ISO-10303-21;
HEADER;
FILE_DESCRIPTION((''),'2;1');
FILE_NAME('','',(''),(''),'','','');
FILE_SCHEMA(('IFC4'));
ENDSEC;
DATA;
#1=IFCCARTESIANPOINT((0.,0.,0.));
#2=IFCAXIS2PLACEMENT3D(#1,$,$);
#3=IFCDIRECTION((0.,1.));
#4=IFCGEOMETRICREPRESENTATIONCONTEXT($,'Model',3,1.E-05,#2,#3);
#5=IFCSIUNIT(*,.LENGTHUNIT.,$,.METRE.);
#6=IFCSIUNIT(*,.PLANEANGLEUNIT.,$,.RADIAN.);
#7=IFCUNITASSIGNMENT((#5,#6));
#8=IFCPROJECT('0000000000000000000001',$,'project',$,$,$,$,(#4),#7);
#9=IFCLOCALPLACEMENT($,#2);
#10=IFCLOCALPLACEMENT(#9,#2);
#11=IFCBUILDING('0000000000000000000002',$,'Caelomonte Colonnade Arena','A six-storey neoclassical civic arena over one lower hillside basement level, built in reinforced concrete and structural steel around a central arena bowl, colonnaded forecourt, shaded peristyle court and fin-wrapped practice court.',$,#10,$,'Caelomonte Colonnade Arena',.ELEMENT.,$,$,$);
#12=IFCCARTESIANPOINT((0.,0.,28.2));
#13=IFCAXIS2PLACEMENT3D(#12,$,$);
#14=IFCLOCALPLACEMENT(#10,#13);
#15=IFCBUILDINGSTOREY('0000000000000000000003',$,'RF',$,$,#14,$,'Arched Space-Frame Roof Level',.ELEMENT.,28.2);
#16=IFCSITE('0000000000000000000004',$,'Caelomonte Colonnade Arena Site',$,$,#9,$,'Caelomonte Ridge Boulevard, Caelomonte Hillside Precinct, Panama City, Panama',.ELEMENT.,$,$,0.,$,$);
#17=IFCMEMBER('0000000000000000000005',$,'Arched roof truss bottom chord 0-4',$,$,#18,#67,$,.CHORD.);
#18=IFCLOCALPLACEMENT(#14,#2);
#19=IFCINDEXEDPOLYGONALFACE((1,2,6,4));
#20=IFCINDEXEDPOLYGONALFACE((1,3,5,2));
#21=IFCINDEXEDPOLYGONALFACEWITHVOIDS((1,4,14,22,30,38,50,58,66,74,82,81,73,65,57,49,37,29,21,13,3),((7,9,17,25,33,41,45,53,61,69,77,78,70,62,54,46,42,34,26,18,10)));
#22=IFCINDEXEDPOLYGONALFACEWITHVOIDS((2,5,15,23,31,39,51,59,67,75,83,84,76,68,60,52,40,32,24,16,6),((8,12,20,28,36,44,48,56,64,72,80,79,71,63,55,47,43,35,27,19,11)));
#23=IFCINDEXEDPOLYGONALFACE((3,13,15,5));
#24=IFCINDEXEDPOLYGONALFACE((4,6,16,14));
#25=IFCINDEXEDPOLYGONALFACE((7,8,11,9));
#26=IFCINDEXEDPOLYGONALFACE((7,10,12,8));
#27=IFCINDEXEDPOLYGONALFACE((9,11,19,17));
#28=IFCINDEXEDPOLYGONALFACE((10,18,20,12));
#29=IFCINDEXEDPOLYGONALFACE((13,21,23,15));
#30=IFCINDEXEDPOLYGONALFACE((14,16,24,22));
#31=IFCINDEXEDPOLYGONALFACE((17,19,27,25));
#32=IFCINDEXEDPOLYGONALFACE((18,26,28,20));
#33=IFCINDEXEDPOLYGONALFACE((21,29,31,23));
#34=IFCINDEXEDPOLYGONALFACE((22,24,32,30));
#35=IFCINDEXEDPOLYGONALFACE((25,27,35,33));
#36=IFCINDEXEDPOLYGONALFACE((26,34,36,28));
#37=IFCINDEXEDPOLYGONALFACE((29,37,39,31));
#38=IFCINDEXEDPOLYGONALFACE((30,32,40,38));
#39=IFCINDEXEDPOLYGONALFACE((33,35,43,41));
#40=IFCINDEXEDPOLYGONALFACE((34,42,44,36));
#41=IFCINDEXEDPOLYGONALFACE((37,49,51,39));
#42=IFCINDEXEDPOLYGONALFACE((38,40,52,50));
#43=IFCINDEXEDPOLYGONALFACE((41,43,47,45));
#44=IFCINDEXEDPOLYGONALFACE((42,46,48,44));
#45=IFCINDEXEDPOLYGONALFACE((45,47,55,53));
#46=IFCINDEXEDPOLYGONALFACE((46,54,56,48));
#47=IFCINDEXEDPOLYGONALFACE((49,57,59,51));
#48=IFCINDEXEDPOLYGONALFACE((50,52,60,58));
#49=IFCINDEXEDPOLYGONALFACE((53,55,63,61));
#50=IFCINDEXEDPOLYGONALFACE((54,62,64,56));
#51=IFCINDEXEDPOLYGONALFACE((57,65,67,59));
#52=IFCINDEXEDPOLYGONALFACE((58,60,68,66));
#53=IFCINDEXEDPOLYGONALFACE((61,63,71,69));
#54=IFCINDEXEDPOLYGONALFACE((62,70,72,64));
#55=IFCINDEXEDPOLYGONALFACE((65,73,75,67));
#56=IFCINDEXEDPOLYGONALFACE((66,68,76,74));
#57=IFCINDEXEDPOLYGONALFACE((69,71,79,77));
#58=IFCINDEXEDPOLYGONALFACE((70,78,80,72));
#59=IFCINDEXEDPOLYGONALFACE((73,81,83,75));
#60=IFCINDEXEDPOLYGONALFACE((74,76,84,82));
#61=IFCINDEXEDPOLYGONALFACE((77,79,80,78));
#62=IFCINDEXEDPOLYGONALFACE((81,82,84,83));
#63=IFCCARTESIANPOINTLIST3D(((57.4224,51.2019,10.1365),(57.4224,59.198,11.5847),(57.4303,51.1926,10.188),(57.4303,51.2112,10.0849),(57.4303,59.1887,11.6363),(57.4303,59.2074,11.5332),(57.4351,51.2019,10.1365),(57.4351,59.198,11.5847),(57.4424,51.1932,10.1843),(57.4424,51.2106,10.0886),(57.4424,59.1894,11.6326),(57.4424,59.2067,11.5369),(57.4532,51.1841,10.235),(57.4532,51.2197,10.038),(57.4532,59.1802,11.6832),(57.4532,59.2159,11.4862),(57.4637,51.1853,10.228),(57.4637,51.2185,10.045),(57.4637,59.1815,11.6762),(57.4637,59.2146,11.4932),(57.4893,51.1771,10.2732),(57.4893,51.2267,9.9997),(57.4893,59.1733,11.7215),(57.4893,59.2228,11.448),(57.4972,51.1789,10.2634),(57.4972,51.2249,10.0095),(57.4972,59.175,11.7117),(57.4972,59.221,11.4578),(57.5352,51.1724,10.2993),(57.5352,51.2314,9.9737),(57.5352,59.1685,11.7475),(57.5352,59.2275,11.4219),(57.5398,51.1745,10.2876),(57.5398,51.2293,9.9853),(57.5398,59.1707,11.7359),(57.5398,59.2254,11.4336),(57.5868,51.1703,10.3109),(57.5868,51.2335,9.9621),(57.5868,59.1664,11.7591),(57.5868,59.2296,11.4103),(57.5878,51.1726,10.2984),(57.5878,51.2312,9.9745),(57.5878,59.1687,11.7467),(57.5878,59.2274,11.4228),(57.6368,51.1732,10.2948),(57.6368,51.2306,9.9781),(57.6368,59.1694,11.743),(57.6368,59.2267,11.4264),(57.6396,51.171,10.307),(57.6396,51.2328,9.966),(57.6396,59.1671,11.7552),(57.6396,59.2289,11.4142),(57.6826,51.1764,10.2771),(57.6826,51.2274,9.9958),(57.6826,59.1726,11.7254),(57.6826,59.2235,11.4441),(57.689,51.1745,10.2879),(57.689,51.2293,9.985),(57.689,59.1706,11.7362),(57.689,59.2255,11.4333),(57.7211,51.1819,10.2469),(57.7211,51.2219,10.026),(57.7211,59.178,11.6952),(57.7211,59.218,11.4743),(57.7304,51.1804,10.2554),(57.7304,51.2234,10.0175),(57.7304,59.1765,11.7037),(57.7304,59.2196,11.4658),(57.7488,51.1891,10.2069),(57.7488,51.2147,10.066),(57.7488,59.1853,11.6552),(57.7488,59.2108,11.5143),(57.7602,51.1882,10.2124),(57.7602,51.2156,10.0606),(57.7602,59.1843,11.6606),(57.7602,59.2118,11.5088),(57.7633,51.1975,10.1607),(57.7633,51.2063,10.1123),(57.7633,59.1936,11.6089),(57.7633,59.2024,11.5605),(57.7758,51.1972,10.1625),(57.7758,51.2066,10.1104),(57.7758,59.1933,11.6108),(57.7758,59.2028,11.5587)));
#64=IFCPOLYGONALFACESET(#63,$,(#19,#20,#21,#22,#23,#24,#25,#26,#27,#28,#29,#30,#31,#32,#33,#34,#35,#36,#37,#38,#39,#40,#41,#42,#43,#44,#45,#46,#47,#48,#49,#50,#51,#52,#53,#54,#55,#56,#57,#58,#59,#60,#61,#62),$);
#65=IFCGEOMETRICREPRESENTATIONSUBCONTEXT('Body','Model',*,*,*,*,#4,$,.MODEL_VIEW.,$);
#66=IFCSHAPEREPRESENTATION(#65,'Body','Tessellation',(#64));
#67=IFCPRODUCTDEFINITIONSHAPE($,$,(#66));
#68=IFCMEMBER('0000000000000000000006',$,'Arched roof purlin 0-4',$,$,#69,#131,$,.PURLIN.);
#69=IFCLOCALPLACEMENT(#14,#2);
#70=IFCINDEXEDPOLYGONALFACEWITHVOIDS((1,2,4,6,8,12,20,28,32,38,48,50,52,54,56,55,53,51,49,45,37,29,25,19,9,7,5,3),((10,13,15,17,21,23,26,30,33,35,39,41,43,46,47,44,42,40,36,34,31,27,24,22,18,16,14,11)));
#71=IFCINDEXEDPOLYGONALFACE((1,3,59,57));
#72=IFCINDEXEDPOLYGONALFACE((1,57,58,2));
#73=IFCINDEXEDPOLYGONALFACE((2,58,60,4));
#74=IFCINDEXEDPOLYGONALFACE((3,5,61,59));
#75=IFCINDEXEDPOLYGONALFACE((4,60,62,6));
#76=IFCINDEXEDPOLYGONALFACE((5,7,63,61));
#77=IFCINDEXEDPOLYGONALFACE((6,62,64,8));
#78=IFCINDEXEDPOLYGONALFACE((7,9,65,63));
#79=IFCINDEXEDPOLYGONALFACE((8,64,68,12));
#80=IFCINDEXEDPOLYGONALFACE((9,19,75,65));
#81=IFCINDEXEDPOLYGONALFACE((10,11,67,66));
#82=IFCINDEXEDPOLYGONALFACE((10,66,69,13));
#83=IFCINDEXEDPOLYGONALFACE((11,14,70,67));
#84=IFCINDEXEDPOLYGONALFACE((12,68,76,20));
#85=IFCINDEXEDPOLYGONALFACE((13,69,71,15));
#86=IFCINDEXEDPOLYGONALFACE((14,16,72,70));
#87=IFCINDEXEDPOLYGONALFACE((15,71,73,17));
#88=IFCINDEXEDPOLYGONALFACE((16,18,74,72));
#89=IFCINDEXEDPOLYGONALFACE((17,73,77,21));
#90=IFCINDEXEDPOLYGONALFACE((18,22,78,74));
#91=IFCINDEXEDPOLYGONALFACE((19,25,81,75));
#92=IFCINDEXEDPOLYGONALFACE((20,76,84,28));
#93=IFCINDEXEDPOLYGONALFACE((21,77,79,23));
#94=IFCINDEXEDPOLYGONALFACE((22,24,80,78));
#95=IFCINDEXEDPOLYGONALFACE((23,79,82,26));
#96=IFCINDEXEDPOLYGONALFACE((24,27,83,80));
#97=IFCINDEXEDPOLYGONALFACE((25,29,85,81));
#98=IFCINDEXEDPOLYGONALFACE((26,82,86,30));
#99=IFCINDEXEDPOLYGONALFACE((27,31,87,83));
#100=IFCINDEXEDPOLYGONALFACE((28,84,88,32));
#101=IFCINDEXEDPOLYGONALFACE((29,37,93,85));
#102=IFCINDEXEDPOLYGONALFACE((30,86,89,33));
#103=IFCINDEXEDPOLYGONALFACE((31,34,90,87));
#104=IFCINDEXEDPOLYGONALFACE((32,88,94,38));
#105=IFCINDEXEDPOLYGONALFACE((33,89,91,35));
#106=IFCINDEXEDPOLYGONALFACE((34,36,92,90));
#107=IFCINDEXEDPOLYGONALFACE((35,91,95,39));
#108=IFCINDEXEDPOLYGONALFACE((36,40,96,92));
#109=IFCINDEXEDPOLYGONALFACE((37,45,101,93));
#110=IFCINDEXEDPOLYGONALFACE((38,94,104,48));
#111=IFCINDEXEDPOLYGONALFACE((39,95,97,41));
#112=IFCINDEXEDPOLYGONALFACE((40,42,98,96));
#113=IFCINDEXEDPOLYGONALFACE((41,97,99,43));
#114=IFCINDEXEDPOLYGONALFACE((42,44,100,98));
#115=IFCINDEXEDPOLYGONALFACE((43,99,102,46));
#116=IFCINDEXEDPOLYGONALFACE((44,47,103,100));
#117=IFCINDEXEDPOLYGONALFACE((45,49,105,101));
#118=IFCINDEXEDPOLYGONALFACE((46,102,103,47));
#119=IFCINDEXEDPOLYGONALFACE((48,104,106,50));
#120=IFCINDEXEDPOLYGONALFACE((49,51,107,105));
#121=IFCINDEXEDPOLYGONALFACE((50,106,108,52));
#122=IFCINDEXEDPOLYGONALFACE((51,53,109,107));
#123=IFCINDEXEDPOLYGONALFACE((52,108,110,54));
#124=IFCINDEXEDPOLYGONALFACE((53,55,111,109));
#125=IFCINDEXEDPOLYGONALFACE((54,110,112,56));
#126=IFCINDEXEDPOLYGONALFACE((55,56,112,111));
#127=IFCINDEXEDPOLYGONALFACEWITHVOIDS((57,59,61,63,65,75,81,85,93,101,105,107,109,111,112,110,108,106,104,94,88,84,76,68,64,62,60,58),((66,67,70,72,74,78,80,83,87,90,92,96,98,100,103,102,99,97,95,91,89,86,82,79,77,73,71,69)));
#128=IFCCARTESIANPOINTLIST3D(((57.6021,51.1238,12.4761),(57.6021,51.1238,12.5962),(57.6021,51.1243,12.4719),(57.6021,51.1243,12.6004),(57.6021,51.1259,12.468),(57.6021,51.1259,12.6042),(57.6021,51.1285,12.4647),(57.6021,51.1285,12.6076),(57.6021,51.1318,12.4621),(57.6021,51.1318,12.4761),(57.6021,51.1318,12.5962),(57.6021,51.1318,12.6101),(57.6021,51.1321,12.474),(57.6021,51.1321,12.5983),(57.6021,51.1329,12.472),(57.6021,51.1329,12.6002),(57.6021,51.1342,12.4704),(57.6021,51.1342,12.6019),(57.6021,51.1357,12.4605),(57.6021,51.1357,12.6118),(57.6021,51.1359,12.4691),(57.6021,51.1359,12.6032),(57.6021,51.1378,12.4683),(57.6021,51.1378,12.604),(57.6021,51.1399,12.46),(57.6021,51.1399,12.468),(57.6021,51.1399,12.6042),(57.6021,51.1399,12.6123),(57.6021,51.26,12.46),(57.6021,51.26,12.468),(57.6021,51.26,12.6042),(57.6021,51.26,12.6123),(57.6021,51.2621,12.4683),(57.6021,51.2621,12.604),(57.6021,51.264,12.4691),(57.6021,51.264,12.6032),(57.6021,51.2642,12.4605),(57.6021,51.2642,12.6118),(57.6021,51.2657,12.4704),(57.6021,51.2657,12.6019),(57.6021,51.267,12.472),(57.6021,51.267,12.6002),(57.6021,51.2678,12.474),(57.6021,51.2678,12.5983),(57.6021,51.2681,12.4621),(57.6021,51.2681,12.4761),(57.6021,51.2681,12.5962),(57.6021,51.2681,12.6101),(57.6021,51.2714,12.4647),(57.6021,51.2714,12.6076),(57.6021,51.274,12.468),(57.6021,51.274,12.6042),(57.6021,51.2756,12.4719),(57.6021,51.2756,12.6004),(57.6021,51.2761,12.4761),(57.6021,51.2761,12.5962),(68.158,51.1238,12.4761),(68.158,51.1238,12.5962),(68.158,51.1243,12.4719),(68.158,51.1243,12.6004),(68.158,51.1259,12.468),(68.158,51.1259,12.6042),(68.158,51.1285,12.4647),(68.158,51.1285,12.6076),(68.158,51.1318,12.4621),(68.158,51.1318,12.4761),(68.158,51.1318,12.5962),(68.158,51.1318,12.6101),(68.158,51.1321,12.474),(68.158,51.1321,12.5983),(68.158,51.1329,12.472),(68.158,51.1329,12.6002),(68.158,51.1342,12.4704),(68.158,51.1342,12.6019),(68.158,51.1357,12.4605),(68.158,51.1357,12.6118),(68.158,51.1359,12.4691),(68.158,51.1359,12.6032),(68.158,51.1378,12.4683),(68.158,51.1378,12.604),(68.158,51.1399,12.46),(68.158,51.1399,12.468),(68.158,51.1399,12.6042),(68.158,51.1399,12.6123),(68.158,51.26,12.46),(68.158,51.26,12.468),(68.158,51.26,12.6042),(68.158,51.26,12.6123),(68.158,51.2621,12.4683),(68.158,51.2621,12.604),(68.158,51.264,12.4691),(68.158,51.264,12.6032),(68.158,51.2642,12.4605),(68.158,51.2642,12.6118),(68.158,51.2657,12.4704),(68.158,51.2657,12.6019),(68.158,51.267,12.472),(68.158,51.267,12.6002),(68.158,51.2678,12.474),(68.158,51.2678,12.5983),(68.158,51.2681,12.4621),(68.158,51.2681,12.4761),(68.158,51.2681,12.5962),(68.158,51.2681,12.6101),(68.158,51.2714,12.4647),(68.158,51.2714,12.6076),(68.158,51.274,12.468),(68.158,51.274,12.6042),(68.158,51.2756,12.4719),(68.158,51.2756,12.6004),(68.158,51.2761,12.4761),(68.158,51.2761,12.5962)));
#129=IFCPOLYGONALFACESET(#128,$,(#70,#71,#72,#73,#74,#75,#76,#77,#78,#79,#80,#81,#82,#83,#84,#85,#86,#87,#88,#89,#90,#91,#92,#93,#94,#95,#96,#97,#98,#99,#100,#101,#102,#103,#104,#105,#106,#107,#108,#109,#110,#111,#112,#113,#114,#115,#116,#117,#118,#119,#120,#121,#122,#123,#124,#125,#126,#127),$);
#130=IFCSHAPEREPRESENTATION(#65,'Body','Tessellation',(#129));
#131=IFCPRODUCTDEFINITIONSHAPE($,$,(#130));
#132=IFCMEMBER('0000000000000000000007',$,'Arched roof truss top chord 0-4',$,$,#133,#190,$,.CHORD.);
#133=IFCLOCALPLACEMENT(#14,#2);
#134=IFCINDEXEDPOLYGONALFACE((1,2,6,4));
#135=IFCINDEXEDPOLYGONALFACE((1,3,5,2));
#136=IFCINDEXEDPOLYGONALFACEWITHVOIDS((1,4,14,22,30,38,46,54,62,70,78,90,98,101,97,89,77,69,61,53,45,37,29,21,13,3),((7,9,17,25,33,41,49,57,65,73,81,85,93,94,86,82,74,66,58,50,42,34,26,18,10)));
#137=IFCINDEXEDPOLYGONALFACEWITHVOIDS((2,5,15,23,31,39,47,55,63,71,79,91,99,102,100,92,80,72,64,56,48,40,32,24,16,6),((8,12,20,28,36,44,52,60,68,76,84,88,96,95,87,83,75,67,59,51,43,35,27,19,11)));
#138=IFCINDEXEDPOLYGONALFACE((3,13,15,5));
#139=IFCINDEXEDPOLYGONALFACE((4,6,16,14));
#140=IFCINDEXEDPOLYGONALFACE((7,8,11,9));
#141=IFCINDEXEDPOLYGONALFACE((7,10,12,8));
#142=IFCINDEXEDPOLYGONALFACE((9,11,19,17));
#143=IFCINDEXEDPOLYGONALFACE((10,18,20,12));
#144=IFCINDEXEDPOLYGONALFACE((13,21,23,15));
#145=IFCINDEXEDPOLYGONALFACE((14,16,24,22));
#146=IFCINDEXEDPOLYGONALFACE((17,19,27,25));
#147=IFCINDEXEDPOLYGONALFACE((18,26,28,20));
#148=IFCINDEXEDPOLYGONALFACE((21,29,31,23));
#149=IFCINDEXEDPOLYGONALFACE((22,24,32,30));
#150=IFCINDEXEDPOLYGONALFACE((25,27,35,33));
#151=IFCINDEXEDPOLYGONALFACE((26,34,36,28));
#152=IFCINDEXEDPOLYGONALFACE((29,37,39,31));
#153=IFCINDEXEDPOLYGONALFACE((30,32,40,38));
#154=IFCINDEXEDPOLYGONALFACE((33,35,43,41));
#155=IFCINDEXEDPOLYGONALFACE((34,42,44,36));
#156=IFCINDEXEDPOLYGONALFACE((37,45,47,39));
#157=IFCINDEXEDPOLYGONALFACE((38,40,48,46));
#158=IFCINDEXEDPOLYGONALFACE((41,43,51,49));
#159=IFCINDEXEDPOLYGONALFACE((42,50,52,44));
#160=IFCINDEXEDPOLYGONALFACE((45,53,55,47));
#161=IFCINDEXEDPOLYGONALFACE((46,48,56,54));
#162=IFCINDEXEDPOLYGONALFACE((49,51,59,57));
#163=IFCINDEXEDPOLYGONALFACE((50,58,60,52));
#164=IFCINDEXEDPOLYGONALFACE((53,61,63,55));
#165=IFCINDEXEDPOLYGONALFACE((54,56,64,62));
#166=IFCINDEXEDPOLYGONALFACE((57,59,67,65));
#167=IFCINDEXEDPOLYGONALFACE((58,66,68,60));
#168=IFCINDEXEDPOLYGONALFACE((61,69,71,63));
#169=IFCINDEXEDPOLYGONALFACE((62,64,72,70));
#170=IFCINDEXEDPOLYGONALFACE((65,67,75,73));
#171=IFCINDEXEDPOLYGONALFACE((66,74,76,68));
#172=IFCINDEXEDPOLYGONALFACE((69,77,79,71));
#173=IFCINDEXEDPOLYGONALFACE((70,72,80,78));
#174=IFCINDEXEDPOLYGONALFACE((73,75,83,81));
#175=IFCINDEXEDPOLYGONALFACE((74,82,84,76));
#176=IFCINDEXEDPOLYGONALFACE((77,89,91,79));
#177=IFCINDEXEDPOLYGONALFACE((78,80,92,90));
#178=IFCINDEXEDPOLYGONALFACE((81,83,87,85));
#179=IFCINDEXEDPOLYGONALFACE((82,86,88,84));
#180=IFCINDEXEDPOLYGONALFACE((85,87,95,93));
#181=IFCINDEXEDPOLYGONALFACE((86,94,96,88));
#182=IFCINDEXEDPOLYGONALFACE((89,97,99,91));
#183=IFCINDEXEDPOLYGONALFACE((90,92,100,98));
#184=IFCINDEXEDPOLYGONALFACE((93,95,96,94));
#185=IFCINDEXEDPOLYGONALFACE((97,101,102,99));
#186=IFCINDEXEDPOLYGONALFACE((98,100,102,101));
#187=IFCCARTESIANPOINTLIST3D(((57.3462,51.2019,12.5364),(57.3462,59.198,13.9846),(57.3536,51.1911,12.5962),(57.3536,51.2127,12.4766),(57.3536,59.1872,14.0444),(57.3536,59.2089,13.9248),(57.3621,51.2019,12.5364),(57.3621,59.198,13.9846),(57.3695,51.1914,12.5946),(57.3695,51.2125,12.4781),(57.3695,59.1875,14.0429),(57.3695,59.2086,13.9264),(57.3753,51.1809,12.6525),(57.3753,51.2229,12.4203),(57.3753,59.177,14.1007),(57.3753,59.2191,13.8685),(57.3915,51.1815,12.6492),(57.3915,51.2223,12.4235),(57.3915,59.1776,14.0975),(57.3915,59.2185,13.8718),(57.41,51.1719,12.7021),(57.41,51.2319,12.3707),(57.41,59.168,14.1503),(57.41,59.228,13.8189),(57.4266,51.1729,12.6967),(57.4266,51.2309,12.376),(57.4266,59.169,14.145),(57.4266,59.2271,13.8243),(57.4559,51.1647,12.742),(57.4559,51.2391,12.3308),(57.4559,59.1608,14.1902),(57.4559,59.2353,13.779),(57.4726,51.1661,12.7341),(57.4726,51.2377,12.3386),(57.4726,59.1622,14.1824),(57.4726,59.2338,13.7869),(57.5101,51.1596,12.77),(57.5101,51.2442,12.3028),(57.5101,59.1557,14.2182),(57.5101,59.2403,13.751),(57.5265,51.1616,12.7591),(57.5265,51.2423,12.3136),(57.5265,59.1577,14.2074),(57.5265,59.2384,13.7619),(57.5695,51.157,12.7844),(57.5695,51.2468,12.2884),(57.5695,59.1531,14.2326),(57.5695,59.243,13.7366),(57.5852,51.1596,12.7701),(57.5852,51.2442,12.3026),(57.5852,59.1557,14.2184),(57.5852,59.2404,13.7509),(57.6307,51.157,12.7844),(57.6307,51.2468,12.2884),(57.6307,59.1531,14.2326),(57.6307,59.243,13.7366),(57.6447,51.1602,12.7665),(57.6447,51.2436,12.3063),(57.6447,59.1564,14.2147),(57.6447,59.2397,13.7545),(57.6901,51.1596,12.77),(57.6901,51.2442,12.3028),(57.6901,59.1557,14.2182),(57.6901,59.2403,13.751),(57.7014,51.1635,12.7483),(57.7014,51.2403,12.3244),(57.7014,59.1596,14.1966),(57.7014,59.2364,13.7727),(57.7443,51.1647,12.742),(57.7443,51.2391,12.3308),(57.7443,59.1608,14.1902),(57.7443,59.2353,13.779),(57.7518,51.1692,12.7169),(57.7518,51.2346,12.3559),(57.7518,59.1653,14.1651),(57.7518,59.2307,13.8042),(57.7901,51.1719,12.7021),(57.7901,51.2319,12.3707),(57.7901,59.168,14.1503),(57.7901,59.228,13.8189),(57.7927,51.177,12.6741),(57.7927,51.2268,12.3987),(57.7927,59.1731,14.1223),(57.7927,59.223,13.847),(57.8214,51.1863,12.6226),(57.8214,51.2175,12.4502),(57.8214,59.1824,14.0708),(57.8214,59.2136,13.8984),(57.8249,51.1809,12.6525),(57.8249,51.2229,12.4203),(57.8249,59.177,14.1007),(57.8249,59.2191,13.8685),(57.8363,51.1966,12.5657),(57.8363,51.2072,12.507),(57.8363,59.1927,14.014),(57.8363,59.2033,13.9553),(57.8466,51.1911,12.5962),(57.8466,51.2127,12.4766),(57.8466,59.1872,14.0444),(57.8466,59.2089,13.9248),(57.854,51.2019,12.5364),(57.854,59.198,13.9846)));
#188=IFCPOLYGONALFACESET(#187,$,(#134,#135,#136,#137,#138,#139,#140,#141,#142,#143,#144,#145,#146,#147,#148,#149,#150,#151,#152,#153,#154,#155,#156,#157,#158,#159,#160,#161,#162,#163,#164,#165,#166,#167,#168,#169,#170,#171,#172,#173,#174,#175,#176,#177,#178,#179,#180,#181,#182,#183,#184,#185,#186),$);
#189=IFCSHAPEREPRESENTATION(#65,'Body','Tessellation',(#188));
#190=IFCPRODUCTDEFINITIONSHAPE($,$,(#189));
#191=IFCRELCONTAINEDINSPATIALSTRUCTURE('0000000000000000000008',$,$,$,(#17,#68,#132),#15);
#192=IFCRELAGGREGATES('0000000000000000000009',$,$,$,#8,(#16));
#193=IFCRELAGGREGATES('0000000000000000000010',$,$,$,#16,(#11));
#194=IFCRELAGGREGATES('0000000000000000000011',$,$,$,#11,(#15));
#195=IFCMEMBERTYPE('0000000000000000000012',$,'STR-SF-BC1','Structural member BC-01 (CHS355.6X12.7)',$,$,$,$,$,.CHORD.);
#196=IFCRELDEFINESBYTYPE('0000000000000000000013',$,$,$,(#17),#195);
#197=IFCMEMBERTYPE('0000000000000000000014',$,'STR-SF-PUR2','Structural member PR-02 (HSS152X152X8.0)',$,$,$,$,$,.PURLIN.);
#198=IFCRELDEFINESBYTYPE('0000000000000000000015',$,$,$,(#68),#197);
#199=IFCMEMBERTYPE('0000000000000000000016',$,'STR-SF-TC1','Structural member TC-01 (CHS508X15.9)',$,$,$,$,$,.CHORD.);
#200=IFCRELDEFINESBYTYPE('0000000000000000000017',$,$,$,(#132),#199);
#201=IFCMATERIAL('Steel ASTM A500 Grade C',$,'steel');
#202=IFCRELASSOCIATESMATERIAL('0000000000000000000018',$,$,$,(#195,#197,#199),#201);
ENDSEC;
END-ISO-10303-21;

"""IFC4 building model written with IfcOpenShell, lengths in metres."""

from ifc_helpers import new_model, si_unit, direction, frame, origin, origin_2d, place, context, subcontext, project, spatial, hollow_rectangle, hollow_circle, extrude, material, material_profile, profile_set, type_object, element, save


model = new_model("IFC4")

# Units and contexts
model_context = context("Model", 3, precision=1e-05, world=origin(), true_north=direction((0.0, 1.0)))
body_context = subcontext(model_context, "Body", "Model", "MODEL_VIEW")
ifc_project = project(units=[si_unit("LENGTHUNIT", "METRE"), si_unit("PLANEANGLEUNIT", "RADIAN")], contexts=[model_context])

# Site, building, storey
site_placement = place(None, origin())
site = spatial("IfcSite", under=ifc_project, at=site_placement, Name="Caelomonte Colonnade Arena Site", LongName="Caelomonte Ridge Boulevard, Caelomonte Hillside Precinct, Panama City, Panama", CompositionType="ELEMENT", RefElevation=0.0)
building_placement = place(site_placement, origin())
building = spatial("IfcBuilding", under=site, at=building_placement, Name="Caelomonte Colonnade Arena", Description="A six-storey neoclassical civic arena over one lower hillside basement level, built in reinforced concrete and structural steel around a central arena bowl, colonnaded forecourt, shaded peristyle court and fin-wrapped practice court.", LongName="Caelomonte Colonnade Arena", CompositionType="ELEMENT")
storey_placement = place(building_placement, frame((0.0, 0.0, 28.2)))
storey = spatial("IfcBuildingStorey", under=building, at=storey_placement, Name="RF", LongName="Arched Space-Frame Roof Level", CompositionType="ELEMENT", Elevation=28.2)

# Members
ifc_material_1 = material(Name="Steel ASTM A500 Grade C", Category="steel")
ifc_material_profile_1 = material_profile(ifc_material_1, hollow_circle(Radius=0.1777, WallThickness=0.0127, at=origin_2d()), Name="CHS355.6X12.7")
ifc_profile_set_1 = profile_set([ifc_material_profile_1], Name="Steel ASTM A500 Grade C")
member_type_1 = type_object("IfcMemberType", Name="STR-SF-BC1", Description="Structural member BC-01 (CHS355.6X12.7)", PredefinedType="CHORD", material=ifc_profile_set_1)
member_1_placement = place(storey_placement, frame((57.6001, 51.2019, 10.1365), z_axis=(0.0, 0.983991, 0.178219), x_axis=(-1.0, 0.0, 0.0)))
element("IfcMember", 1, at=member_1_placement, inside=storey, type_object=member_type_1, Name="Arched roof truss bottom chord 0-4", PredefinedType="CHORD", context=body_context, shape_type="SweptSolid", body=[
    extrude(hollow_circle(Radius=0.1777, WallThickness=0.0127, at=origin_2d()), origin(), (0.0, 0.0, 1.0), 8.1262),
])
ifc_material_profile_2 = material_profile(ifc_material_1, hollow_rectangle(XDim=0.1523, YDim=0.1523, WallThickness=0.0081, InnerFilletRadius=0.0081, OuterFilletRadius=0.0161, at=origin_2d()), Name="HSS152X152X8.0")
ifc_profile_set_2 = profile_set([ifc_material_profile_2], Name="Steel ASTM A500 Grade C")
member_type_2 = type_object("IfcMemberType", Name="STR-SF-PUR2", Description="Structural member PR-02 (HSS152X152X8.0)", PredefinedType="PURLIN", material=ifc_profile_set_2)
member_2_placement = place(storey_placement, frame((57.6021, 51.2, 12.5361), z_axis=(1.0, 0.0, 0.0), x_axis=(0.0, 1.0, 0.0)))
element("IfcMember", 2, at=member_2_placement, inside=storey, type_object=member_type_2, Name="Arched roof purlin 0-4", PredefinedType="PURLIN", context=body_context, shape_type="SweptSolid", body=[
    extrude(hollow_rectangle(XDim=0.1523, YDim=0.1523, WallThickness=0.0081, InnerFilletRadius=0.0081, OuterFilletRadius=0.0161, at=origin_2d()), origin(), (0.0, 0.0, 1.0), 10.5559),
])
ifc_material_profile_3 = material_profile(ifc_material_1, hollow_circle(Radius=0.2539, WallThickness=0.0159, at=origin_2d()), Name="CHS508X15.9")
ifc_profile_set_3 = profile_set([ifc_material_profile_3], Name="Steel ASTM A500 Grade C")
member_type_3 = type_object("IfcMemberType", Name="STR-SF-TC1", Description="Structural member TC-01 (CHS508X15.9)", PredefinedType="CHORD", material=ifc_profile_set_3)
member_3_placement = place(storey_placement, frame((57.6001, 51.2019, 12.5364), z_axis=(0.0, 0.983991, 0.178219), x_axis=(-1.0, 0.0, 0.0)))
element("IfcMember", 3, at=member_3_placement, inside=storey, type_object=member_type_3, Name="Arched roof truss top chord 0-4", PredefinedType="CHORD", context=body_context, shape_type="SweptSolid", body=[
    extrude(hollow_circle(Radius=0.2539, WallThickness=0.0159, at=origin_2d()), origin(), (0.0, 0.0, 1.0), 8.1262),
])

save(model, "model.ifc")
